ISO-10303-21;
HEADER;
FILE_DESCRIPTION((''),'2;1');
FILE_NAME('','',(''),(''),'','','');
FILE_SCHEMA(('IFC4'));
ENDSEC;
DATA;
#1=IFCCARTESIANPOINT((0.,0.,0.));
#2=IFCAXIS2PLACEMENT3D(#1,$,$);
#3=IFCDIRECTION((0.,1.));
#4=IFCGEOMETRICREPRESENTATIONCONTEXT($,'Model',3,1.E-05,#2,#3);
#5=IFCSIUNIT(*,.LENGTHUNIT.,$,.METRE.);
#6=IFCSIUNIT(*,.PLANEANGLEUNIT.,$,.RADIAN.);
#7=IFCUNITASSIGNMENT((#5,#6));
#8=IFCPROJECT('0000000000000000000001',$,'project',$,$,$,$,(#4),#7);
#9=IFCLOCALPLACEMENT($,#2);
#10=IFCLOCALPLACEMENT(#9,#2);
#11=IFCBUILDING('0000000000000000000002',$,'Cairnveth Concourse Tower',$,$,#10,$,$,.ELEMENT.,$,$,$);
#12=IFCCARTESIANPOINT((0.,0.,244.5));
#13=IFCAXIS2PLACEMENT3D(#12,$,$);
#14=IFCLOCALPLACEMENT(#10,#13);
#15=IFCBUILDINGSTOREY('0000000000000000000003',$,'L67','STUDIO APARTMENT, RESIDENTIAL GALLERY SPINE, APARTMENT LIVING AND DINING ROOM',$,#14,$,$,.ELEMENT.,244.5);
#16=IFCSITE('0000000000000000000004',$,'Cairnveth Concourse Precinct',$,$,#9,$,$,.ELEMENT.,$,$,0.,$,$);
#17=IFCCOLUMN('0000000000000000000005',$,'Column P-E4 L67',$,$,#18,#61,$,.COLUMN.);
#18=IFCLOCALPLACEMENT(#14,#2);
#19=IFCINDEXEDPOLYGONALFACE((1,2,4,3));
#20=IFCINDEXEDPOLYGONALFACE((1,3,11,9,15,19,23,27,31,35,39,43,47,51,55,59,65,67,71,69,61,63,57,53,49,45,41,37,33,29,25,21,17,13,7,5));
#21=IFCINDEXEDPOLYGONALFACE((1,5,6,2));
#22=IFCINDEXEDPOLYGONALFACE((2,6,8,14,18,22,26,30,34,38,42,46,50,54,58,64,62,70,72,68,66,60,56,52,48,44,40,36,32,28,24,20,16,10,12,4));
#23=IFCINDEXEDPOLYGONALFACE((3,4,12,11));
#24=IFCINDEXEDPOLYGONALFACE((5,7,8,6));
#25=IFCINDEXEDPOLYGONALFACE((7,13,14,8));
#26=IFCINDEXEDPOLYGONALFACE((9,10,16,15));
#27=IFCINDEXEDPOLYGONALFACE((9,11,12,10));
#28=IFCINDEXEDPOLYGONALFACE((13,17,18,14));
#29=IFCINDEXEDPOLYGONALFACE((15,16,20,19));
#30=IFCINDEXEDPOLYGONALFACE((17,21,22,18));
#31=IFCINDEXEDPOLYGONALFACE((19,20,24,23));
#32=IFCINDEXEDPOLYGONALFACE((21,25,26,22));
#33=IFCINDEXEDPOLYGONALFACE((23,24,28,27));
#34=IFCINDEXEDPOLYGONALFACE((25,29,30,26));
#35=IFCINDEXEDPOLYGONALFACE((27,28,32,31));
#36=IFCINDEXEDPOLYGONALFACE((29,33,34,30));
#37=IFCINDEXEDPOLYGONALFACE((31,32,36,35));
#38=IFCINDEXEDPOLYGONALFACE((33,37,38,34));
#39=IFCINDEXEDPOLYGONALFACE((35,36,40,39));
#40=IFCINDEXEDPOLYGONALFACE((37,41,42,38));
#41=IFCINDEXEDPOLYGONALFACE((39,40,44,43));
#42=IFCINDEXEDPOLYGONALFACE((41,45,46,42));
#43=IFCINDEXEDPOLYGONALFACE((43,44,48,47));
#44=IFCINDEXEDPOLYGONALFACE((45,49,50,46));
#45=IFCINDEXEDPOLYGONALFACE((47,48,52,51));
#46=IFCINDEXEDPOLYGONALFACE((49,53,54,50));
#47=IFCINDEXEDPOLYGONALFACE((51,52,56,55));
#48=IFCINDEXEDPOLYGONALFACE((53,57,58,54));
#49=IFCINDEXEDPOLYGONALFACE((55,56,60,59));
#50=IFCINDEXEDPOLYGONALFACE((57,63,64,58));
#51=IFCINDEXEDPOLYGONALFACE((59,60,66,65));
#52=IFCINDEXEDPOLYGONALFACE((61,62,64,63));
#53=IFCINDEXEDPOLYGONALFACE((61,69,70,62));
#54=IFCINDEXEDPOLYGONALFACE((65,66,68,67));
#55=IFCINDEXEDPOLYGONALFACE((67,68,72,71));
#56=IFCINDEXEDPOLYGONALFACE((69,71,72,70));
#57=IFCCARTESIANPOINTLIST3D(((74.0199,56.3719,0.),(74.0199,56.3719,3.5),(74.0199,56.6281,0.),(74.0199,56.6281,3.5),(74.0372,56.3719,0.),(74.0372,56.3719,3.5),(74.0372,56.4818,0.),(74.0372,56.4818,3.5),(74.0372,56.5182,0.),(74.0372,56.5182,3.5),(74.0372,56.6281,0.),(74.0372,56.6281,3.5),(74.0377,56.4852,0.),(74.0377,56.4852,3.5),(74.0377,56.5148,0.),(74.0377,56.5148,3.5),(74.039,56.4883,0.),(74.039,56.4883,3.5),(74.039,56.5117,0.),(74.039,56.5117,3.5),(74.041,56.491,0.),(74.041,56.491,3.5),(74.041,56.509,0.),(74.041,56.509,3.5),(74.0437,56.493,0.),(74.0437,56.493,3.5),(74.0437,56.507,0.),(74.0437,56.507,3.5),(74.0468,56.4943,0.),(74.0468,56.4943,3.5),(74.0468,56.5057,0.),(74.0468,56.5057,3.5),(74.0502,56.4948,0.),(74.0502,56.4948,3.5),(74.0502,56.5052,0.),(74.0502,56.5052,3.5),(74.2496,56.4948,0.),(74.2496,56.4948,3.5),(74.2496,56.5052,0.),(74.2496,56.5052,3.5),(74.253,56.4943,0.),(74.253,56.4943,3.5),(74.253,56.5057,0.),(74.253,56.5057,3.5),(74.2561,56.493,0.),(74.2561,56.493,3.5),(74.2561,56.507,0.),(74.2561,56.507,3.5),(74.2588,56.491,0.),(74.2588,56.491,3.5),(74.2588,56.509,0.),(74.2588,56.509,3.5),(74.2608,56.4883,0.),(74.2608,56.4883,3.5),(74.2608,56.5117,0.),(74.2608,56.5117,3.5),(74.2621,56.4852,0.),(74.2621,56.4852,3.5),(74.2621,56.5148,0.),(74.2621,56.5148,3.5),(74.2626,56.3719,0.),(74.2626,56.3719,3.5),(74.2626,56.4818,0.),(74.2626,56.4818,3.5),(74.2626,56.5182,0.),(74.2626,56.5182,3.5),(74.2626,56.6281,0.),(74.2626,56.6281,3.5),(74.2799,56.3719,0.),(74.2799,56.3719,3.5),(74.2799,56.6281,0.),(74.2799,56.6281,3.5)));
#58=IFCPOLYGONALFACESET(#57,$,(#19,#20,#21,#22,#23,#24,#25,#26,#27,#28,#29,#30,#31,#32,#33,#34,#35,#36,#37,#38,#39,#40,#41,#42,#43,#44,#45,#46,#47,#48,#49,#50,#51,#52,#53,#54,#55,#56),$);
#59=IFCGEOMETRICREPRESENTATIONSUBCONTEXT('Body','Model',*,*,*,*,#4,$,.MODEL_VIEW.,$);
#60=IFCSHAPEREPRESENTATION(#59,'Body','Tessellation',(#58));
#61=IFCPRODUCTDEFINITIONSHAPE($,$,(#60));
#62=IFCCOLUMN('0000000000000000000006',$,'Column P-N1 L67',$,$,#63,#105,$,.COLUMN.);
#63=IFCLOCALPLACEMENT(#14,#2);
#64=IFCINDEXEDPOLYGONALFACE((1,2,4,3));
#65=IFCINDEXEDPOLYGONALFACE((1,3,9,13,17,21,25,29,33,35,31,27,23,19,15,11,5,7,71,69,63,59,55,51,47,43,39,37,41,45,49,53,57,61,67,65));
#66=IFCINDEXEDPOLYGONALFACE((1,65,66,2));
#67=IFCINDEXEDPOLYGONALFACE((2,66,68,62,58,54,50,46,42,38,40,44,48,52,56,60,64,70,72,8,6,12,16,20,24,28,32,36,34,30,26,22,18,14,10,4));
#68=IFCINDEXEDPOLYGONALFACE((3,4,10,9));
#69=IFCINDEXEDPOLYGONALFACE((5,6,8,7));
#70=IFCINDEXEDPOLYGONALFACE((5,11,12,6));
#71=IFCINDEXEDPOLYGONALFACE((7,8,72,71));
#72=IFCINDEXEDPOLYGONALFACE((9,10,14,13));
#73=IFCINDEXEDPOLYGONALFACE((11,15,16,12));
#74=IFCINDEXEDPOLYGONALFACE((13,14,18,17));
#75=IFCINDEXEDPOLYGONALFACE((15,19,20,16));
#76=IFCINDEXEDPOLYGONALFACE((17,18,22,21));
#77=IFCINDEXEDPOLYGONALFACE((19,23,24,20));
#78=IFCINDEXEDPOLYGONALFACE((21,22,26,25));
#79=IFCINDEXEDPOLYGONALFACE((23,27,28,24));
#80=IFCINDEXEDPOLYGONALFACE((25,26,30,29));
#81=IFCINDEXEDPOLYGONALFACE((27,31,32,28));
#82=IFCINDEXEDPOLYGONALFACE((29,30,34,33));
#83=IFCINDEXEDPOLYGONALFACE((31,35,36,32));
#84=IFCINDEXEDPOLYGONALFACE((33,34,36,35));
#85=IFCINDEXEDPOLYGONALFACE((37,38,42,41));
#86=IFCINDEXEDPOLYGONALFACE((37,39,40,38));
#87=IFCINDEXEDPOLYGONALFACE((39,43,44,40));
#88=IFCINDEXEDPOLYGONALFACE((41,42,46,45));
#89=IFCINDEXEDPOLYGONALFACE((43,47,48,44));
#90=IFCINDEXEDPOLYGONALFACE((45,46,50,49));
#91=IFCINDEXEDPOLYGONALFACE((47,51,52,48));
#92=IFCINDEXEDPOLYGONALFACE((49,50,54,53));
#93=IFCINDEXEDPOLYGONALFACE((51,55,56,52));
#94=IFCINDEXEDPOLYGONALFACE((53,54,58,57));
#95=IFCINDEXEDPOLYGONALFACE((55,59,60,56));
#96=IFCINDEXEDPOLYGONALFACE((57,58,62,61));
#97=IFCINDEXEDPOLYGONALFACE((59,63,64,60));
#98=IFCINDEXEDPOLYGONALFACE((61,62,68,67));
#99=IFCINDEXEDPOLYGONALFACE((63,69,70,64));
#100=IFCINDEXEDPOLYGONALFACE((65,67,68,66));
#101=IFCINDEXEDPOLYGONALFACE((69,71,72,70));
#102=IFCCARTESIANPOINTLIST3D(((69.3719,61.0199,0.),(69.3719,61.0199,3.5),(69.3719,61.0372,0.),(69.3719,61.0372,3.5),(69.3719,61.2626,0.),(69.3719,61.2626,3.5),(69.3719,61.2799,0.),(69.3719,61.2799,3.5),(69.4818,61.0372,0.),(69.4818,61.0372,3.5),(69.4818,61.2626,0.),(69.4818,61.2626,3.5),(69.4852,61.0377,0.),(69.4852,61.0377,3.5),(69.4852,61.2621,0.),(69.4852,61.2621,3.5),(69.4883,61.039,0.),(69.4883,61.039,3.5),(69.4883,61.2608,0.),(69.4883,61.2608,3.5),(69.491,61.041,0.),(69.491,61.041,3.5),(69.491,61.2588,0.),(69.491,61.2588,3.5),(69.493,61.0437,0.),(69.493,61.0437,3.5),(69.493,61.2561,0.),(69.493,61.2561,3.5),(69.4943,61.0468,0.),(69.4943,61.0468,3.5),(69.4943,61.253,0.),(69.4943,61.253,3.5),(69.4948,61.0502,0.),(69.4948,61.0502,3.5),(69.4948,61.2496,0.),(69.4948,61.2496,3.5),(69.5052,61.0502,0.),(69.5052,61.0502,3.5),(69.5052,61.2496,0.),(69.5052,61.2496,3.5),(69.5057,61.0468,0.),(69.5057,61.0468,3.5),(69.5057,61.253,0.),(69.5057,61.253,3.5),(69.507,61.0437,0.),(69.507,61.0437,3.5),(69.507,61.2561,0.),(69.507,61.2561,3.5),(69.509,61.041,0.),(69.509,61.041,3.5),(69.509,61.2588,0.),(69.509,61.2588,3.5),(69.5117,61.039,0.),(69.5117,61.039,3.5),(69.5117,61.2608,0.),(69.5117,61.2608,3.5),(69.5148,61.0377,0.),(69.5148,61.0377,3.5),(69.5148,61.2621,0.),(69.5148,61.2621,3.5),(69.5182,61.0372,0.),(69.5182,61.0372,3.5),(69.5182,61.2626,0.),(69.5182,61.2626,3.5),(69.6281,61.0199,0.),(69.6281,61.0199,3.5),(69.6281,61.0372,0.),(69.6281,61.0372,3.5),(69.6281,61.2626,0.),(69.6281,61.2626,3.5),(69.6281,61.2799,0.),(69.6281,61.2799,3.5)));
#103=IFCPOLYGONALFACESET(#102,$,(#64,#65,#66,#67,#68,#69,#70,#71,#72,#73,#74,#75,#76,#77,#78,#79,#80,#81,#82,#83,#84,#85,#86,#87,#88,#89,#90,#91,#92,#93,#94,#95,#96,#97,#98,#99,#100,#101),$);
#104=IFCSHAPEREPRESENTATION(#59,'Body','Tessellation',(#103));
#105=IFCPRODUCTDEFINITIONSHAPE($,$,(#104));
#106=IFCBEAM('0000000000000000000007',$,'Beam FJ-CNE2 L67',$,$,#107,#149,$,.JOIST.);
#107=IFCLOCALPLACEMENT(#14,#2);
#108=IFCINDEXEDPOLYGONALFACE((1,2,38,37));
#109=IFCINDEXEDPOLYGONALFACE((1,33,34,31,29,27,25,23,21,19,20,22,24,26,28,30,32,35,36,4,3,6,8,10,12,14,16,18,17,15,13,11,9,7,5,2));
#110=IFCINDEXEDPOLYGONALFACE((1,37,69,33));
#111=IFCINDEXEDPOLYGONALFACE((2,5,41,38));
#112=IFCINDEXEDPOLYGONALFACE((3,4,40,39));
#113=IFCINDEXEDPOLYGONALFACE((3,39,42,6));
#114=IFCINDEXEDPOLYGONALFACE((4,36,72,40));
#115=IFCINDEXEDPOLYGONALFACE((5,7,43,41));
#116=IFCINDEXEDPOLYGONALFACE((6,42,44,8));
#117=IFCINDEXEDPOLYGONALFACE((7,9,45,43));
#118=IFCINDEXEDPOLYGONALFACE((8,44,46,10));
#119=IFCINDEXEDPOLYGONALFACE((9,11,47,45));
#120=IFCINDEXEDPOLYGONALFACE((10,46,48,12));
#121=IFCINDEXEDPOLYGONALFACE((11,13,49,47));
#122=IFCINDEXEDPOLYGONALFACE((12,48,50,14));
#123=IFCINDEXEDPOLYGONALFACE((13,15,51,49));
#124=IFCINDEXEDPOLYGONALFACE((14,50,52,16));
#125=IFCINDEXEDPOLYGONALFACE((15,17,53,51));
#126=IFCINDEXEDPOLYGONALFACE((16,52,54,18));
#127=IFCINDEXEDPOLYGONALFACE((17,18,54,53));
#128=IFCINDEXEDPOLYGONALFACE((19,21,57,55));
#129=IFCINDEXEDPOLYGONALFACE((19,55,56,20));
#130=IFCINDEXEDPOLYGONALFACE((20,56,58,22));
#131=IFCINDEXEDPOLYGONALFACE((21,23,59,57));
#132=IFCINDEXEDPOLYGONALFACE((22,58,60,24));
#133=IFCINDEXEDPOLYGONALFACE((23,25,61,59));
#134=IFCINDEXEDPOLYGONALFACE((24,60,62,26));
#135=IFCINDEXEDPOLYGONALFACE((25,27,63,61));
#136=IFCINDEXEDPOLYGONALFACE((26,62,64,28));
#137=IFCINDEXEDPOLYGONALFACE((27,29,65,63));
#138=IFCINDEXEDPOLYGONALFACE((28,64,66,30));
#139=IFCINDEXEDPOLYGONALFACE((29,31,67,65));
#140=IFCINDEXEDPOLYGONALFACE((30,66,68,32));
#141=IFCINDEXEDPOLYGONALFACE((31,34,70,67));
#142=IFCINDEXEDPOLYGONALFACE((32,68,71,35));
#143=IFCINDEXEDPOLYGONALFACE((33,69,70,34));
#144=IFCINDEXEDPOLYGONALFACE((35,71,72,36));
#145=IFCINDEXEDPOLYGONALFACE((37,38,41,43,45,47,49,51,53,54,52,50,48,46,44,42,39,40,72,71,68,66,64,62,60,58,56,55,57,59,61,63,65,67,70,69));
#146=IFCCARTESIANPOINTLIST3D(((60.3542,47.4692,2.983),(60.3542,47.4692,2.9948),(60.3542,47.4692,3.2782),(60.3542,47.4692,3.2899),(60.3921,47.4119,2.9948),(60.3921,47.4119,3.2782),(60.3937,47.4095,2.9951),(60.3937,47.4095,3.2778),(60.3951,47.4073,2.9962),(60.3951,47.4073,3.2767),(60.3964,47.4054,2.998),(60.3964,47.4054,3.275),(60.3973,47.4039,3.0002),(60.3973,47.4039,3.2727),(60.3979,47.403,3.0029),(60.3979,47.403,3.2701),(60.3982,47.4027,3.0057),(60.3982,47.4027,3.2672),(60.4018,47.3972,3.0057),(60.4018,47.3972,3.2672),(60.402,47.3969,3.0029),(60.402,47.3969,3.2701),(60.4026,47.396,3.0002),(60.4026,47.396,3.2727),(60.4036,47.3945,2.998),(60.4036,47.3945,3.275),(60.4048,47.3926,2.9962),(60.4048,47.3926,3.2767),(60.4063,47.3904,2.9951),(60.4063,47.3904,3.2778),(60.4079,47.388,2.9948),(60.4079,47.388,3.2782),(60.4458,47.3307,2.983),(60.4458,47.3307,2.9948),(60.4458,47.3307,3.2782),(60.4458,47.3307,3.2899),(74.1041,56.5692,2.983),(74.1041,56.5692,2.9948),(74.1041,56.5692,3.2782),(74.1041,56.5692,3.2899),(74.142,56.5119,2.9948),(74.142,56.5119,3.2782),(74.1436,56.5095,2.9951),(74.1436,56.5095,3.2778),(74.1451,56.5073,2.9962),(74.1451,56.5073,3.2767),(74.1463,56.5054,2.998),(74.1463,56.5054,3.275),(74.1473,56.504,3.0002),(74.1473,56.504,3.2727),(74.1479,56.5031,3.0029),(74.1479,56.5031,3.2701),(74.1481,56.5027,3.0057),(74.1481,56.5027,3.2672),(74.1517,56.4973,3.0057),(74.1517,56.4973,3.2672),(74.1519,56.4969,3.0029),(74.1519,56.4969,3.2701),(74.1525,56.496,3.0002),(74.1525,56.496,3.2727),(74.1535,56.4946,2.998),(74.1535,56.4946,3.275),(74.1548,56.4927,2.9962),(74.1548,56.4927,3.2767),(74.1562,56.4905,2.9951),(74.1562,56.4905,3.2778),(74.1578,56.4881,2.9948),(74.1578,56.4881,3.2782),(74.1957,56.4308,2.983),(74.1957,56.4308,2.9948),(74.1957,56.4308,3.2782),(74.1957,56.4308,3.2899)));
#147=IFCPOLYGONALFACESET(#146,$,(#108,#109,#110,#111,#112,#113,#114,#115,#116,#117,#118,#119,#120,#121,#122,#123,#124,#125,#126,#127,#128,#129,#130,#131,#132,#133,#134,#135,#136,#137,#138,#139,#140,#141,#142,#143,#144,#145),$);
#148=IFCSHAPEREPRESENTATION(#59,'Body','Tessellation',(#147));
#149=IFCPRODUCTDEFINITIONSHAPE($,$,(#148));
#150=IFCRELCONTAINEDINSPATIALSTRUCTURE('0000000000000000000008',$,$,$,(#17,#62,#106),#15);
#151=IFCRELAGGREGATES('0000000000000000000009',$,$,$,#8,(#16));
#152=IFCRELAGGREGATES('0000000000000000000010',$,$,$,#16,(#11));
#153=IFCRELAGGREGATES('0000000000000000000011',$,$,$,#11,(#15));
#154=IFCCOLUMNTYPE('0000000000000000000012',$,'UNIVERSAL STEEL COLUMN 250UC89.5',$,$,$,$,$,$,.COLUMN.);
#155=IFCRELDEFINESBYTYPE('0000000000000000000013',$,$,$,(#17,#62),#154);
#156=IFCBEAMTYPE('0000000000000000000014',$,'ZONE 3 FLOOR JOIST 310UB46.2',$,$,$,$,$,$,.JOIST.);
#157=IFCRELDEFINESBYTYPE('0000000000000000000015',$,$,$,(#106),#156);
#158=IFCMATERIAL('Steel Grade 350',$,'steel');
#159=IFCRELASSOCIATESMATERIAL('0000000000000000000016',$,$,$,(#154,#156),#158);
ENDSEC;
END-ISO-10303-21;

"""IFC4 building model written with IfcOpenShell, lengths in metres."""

from ifc_helpers import new_model, si_unit, direction, frame, origin, origin_2d, place, context, subcontext, project, spatial, i_section, extrude, material, material_profile, profile_set, type_object, element, save


model = new_model("IFC4")

# Units and contexts
model_context = context("Model", 3, precision=1e-05, world=origin(), true_north=direction((0.0, 1.0)))
body_context = subcontext(model_context, "Body", "Model", "MODEL_VIEW")
ifc_project = project(units=[si_unit("LENGTHUNIT", "METRE"), si_unit("PLANEANGLEUNIT", "RADIAN")], contexts=[model_context])

# Site, building, storey
site_placement = place(None, origin())
site = spatial("IfcSite", under=ifc_project, at=site_placement, Name="Cairnveth Concourse Precinct", CompositionType="ELEMENT", RefElevation=0.0)
building_placement = place(site_placement, origin())
building = spatial("IfcBuilding", under=site, at=building_placement, Name="Cairnveth Concourse Tower", CompositionType="ELEMENT")
storey_placement = place(building_placement, frame((0.0, 0.0, 244.5)))
storey = spatial("IfcBuildingStorey", under=building, at=storey_placement, Name="L67", Description="STUDIO APARTMENT, RESIDENTIAL GALLERY SPINE, APARTMENT LIVING AND DINING ROOM", CompositionType="ELEMENT", Elevation=244.5)

# Columns
ifc_material_1 = material(Name="Steel Grade 350", Category="steel")
ifc_material_profile_1 = material_profile(ifc_material_1, i_section(OverallWidth=0.2561, OverallDepth=0.26, WebThickness=0.0105, FlangeThickness=0.0173, FilletRadius=0.0129, at=origin_2d()), Name="250UC89.5")
ifc_profile_set_1 = profile_set([ifc_material_profile_1], Name="Steel Grade 350")
column_type = type_object("IfcColumnType", Name="UNIVERSAL STEEL COLUMN 250UC89.5", PredefinedType="COLUMN", material=ifc_profile_set_1)
for number, where, z_axis, x_axis, name in (
    (1, (74.1499, 56.5, 0.0), (0.0, 0.0, 1.0), (0.0, 1.0, 0.0), "Column P-E4 L67"),
    (2, (69.5, 61.1499, 0.0), (0.0, 0.0, 1.0), (1.0, 0.0, 0.0), "Column P-N1 L67"),
):
    element("IfcColumn", number, at=place(storey_placement, frame(where, z_axis=z_axis, x_axis=x_axis)), inside=storey, type_object=column_type, Name=name, PredefinedType="COLUMN", context=body_context, shape_type="SweptSolid", body=[
        extrude(i_section(OverallWidth=0.2561, OverallDepth=0.26, WebThickness=0.0105, FlangeThickness=0.0173, FilletRadius=0.0129, at=origin_2d()), origin(), (0.0, 0.0, 1.0), 3.5),
    ])

# Beam
ifc_material_profile_2 = material_profile(ifc_material_1, i_section(OverallWidth=0.166, OverallDepth=0.3069, WebThickness=0.0066, FlangeThickness=0.0117, FilletRadius=0.011, at=origin_2d()), Name="310UB46.2")
ifc_profile_set_2 = profile_set([ifc_material_profile_2], Name="Steel Grade 350")
beam_type_1 = type_object("IfcBeamType", Name="ZONE 3 FLOOR JOIST 310UB46.2", PredefinedType="JOIST", material=ifc_profile_set_2)
beam_1_placement = place(storey_placement, frame((74.1499, 56.5, 3.1365), z_axis=(-0.833909, -0.551902, 0.0), x_axis=(0.551902, -0.833909, 0.0)))
element("IfcBeam", 3, at=beam_1_placement, inside=storey, type_object=beam_type_1, Name="Beam FJ-CNE2 L67", PredefinedType="JOIST", context=body_context, shape_type="SweptSolid", body=[
    extrude(i_section(OverallWidth=0.166, OverallDepth=0.3069, WebThickness=0.0066, FlangeThickness=0.0117, FilletRadius=0.011, at=origin_2d()), origin(), (0.0, 0.0, 1.0), 16.4885),
])

save(model, "model.ifc")
